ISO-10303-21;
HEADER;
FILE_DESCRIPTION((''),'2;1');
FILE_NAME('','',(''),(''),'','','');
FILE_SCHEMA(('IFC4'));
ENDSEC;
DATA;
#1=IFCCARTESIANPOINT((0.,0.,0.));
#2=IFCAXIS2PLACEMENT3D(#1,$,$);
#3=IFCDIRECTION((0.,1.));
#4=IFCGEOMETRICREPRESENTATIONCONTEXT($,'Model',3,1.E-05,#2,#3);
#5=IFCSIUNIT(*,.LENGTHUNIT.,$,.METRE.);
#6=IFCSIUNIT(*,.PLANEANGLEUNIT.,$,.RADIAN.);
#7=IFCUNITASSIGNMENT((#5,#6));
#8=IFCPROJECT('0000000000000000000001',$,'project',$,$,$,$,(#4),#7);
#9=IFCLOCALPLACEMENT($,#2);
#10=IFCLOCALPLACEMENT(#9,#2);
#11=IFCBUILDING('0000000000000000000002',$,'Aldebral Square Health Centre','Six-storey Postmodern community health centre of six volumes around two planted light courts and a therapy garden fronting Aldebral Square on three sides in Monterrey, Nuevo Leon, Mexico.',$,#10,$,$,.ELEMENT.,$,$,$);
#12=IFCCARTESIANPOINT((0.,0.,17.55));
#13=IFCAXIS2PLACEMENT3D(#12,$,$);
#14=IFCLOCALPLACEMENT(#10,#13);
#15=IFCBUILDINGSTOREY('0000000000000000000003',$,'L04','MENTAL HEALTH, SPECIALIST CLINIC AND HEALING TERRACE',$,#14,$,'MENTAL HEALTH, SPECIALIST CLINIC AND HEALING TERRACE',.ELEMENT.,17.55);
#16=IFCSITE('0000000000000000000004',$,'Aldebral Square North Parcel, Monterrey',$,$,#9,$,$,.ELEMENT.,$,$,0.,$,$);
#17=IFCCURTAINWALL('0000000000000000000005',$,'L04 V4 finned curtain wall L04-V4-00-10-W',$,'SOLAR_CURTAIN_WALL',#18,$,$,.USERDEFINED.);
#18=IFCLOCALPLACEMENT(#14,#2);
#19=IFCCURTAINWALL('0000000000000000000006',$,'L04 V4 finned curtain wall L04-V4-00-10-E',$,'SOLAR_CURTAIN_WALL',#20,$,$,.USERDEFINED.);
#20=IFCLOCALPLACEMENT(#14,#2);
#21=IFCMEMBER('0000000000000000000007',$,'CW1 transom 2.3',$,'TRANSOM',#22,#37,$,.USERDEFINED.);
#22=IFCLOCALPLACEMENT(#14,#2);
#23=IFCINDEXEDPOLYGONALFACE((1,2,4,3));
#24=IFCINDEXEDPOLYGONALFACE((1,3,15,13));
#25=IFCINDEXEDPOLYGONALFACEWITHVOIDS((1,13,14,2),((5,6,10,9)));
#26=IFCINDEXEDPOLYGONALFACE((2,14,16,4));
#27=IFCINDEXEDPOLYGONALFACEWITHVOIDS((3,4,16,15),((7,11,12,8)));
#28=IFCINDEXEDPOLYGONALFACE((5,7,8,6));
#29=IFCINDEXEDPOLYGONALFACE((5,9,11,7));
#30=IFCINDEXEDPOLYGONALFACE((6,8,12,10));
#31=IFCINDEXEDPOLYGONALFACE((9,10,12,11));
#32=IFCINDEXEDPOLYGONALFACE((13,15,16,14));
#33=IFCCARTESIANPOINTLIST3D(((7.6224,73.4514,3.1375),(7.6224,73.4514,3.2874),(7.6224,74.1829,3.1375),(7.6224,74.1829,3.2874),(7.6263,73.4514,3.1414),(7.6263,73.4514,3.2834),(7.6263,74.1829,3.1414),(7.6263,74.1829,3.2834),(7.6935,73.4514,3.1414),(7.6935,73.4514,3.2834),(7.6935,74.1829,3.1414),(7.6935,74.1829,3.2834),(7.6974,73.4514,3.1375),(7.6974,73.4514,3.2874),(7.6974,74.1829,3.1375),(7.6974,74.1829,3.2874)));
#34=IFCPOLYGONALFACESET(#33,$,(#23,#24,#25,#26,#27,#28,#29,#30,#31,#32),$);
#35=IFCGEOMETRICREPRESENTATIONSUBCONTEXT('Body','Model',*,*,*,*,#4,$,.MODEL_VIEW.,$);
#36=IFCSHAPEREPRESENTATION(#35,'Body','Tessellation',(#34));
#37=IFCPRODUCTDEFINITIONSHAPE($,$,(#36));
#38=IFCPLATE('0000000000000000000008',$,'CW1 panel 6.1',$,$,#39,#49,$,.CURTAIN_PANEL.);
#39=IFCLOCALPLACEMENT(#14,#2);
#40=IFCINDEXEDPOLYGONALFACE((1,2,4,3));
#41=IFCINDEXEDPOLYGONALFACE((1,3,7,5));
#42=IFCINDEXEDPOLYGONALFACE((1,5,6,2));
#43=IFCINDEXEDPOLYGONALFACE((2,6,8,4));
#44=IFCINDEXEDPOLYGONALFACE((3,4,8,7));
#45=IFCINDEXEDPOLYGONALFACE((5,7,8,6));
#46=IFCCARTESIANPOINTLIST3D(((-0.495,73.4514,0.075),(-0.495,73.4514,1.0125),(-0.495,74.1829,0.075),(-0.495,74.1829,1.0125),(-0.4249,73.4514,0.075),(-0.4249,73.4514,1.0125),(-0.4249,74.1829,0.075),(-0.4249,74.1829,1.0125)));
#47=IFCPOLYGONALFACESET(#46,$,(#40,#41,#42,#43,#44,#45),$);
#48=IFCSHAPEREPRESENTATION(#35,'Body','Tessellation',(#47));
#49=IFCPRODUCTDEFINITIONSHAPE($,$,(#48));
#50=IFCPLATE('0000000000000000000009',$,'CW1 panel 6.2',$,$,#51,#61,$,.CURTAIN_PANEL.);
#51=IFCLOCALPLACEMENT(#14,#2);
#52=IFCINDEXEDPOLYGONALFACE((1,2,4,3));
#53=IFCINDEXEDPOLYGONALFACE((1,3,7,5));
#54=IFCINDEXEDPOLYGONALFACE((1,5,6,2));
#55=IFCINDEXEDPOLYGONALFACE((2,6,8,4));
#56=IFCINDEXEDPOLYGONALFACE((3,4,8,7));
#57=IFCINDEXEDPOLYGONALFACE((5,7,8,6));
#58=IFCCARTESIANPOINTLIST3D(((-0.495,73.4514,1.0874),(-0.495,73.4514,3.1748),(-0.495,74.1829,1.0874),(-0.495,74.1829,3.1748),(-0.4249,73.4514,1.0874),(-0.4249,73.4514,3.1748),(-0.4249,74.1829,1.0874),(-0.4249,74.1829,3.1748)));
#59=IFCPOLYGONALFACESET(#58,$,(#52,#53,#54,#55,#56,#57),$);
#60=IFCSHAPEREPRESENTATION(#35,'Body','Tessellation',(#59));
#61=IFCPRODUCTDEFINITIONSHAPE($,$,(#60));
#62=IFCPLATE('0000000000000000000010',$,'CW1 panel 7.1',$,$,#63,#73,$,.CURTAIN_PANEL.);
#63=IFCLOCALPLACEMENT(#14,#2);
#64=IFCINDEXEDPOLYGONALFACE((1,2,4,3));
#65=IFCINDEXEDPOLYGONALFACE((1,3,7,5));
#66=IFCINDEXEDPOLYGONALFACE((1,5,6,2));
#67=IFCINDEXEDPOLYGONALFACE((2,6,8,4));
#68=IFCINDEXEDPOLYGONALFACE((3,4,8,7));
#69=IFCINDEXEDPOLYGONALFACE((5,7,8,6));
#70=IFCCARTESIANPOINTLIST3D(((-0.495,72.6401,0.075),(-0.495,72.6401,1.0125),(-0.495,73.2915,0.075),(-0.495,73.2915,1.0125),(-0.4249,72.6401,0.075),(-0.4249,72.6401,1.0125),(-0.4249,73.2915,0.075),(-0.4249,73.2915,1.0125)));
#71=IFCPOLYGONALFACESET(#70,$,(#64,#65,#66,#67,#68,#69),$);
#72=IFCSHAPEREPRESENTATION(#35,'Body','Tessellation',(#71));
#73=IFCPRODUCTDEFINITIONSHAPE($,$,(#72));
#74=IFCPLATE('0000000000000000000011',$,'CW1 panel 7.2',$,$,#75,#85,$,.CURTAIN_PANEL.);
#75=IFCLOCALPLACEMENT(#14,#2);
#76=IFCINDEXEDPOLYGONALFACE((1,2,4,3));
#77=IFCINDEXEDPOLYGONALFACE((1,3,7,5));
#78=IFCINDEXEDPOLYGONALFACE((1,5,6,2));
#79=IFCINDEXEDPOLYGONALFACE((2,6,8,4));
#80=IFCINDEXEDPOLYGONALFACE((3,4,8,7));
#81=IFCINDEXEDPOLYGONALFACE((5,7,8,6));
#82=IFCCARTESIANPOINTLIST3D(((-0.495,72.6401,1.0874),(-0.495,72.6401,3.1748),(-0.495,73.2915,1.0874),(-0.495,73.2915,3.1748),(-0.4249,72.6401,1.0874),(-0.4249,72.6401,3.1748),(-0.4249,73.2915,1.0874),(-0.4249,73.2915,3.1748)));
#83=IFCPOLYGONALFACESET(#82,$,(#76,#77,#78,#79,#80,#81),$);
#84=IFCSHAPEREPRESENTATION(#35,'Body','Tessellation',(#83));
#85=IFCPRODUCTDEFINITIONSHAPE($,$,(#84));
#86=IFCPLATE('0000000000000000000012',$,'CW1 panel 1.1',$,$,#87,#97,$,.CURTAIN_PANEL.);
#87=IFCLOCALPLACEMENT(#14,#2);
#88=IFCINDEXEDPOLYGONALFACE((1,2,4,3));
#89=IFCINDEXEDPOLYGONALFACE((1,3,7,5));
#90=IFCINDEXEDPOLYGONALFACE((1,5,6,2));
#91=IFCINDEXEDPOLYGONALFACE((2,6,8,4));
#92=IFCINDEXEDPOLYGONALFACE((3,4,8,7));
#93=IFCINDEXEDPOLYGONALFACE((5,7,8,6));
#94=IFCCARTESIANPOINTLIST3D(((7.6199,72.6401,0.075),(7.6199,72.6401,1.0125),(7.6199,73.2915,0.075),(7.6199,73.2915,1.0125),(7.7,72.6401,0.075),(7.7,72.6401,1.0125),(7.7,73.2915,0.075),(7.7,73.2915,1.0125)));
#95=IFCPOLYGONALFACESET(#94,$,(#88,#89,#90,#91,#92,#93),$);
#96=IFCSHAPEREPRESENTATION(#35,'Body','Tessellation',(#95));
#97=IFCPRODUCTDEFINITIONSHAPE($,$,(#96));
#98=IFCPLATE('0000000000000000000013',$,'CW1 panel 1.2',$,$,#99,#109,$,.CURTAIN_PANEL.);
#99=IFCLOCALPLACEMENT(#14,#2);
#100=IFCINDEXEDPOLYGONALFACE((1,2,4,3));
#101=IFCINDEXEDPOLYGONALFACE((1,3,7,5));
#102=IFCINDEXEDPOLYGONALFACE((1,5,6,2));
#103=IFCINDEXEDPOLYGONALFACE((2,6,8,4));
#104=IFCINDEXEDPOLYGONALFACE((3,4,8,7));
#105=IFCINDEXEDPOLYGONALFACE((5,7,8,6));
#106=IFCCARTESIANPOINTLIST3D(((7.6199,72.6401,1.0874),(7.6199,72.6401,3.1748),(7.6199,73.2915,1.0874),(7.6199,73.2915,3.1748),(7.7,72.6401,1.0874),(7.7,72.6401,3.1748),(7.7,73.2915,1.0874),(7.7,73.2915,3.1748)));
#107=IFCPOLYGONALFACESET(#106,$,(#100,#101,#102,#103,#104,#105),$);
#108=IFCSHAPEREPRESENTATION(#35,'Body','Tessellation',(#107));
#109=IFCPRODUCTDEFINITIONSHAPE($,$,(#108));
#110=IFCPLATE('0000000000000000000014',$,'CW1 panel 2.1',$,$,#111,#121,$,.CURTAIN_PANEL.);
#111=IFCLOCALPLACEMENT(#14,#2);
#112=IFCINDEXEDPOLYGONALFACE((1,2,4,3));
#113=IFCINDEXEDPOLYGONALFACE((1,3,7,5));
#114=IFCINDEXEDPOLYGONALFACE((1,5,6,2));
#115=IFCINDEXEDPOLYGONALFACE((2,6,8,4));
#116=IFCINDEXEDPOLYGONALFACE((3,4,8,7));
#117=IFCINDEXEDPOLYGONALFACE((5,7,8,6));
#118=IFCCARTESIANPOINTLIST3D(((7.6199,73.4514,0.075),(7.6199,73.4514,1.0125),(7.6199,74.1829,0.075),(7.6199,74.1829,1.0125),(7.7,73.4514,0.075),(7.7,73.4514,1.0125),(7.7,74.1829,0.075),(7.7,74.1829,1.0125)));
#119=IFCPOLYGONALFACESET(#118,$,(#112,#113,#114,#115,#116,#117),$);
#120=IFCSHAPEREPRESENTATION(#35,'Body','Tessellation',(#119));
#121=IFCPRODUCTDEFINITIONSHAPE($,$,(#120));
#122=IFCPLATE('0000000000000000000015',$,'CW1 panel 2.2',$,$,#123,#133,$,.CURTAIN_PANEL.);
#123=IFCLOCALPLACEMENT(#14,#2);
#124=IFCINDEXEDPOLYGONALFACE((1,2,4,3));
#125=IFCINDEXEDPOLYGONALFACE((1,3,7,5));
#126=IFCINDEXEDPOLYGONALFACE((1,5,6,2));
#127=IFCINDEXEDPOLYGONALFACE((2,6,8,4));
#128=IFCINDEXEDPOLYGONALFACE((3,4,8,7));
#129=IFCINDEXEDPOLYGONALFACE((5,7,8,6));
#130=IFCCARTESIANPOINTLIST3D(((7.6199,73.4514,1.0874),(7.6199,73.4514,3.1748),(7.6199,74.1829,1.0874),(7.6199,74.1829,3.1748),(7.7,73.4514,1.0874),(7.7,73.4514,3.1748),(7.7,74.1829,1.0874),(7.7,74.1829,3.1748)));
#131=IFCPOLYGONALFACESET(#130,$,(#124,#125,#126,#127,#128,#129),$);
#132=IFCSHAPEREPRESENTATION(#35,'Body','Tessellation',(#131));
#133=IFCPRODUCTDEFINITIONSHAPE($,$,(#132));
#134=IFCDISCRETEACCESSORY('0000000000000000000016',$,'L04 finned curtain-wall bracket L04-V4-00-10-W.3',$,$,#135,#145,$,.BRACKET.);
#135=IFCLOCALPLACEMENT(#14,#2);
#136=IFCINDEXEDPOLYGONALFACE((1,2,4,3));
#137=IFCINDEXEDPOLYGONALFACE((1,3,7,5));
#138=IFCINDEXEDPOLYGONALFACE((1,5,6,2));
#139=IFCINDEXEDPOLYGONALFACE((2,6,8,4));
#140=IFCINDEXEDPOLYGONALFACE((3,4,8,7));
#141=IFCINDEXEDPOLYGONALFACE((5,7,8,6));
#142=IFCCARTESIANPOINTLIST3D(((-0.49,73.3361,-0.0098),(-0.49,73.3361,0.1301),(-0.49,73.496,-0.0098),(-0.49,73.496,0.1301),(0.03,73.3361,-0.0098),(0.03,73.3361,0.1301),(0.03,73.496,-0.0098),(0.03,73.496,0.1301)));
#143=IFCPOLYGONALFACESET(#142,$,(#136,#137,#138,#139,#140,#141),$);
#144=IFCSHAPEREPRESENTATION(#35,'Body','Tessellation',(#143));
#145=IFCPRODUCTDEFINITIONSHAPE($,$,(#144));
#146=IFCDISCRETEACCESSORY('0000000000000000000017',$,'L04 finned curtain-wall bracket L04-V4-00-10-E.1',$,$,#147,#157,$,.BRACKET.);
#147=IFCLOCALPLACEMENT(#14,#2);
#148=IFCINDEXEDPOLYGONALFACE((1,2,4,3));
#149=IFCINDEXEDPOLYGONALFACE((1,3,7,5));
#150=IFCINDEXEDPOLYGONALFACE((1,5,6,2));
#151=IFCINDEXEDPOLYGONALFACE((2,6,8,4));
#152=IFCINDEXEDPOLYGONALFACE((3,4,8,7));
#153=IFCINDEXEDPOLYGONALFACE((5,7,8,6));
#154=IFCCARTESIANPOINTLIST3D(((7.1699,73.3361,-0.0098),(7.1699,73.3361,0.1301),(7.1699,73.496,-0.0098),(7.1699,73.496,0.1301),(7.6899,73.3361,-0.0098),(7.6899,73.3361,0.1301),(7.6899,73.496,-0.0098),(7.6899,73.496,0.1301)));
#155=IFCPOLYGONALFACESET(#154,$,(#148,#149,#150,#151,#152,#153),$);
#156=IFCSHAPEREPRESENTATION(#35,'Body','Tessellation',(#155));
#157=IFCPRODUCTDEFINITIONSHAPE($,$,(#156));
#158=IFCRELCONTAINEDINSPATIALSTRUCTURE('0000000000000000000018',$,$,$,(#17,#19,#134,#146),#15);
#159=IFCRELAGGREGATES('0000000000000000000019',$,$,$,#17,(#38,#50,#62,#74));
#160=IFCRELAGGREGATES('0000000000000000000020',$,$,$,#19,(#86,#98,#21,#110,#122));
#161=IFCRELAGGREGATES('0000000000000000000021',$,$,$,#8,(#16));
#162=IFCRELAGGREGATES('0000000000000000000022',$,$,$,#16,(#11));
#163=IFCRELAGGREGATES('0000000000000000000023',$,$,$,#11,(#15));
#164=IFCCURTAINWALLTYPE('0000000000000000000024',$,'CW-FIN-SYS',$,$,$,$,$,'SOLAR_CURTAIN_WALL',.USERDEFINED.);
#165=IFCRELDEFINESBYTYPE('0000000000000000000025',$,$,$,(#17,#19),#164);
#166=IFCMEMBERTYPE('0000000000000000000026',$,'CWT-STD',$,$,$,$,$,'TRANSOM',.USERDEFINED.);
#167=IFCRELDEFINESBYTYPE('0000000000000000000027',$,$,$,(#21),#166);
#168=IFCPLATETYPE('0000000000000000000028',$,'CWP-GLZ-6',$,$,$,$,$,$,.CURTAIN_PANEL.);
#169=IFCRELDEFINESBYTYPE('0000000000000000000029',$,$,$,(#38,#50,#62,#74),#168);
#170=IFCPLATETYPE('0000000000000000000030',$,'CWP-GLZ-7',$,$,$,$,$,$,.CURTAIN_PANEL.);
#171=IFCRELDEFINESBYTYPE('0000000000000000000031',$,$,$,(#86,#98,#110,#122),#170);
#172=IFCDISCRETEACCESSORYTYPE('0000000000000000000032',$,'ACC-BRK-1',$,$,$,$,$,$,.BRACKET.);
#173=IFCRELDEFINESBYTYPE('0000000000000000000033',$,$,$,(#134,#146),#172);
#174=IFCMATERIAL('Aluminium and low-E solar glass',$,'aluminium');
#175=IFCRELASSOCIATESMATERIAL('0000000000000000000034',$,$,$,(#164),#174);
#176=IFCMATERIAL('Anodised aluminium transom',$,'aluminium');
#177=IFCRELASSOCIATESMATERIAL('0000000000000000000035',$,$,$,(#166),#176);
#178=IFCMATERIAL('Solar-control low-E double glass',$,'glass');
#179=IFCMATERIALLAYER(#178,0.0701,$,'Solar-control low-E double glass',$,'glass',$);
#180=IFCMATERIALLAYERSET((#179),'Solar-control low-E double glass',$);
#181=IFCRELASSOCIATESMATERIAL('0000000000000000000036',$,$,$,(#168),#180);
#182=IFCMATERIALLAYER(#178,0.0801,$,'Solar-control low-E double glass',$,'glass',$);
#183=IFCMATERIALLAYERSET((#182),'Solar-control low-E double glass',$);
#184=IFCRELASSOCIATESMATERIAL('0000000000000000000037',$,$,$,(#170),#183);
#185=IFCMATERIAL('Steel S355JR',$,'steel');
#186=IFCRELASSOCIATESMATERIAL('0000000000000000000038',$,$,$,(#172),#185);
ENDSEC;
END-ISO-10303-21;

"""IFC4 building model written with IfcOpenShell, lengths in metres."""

from ifc_helpers import new_model, si_unit, direction, frame, origin, origin_2d, place, context, subcontext, project, spatial, rectangle, hollow_rectangle, extrude, material, layer, layer_set, material_profile, profile_set, type_object, element, aggregate, save


model = new_model("IFC4")

# Units and contexts
model_context = context("Model", 3, precision=1e-05, world=origin(), true_north=direction((0.0, 1.0)))
body_context = subcontext(model_context, "Body", "Model", "MODEL_VIEW")
ifc_project = project(units=[si_unit("LENGTHUNIT", "METRE"), si_unit("PLANEANGLEUNIT", "RADIAN")], contexts=[model_context])

# Site, building, storey
site_placement = place(None, origin())
site = spatial("IfcSite", under=ifc_project, at=site_placement, Name="Aldebral Square North Parcel, Monterrey", CompositionType="ELEMENT", RefElevation=0.0)
building_placement = place(site_placement, origin())
building = spatial("IfcBuilding", under=site, at=building_placement, Name="Aldebral Square Health Centre", Description="Six-storey Postmodern community health centre of six volumes around two planted light courts and a therapy garden fronting Aldebral Square on three sides in Monterrey, Nuevo Leon, Mexico.", CompositionType="ELEMENT")
storey_placement = place(building_placement, frame((0.0, 0.0, 17.55)))
storey = spatial("IfcBuildingStorey", under=building, at=storey_placement, Name="L04", Description="MENTAL HEALTH, SPECIALIST CLINIC AND HEALING TERRACE", LongName="MENTAL HEALTH, SPECIALIST CLINIC AND HEALING TERRACE", CompositionType="ELEMENT", Elevation=17.55)

# Curtain walls
ifc_material_1 = material(Name="Aluminium and low-E solar glass", Category="aluminium")
curtain_wall_type = type_object("IfcCurtainWallType", Name="CW-FIN-SYS", ElementType="SOLAR_CURTAIN_WALL", PredefinedType="USERDEFINED", material=ifc_material_1)
curtain_wall_1_placement = place(storey_placement, origin())
curtain_wall_1 = element("IfcCurtainWall", 1, at=curtain_wall_1_placement, inside=storey, type_object=curtain_wall_type, Name="L04 V4 finned curtain wall L04-V4-00-10-W", ObjectType="SOLAR_CURTAIN_WALL", PredefinedType="USERDEFINED")
curtain_wall_2_placement = place(storey_placement, origin())
curtain_wall_2 = element("IfcCurtainWall", 2, at=curtain_wall_2_placement, inside=storey, type_object=curtain_wall_type, Name="L04 V4 finned curtain wall L04-V4-00-10-E", ObjectType="SOLAR_CURTAIN_WALL", PredefinedType="USERDEFINED")

# Member
ifc_material_2 = material(Name="Anodised aluminium transom", Category="aluminium")
ifc_material_profile_1 = material_profile(ifc_material_2, hollow_rectangle(XDim=0.075, YDim=0.1499, WallThickness=0.0039, at=origin_2d()), Name="CWT 75x150x4")
ifc_profile_set_1 = profile_set([ifc_material_profile_1], Name="Anodised aluminium transom")
member_type_1 = type_object("IfcMemberType", Name="CWT-STD", ElementType="TRANSOM", PredefinedType="USERDEFINED", material=ifc_profile_set_1)
member_1_placement = place(storey_placement, frame((7.6599, 73.4514, 3.2124), z_axis=(0.0, 1.0, 0.0), x_axis=(-1.0, 0.0, 0.0)))
member_1 = element("IfcMember", 3, at=member_1_placement, type_object=member_type_1, Name="CW1 transom 2.3", ObjectType="TRANSOM", PredefinedType="USERDEFINED", context=body_context, shape_type="SweptSolid", body=[
    extrude(hollow_rectangle(XDim=0.075, YDim=0.1499, WallThickness=0.0039, at=origin_2d()), origin(), (0.0, 0.0, 1.0), 0.7314),
])

# Plates
ifc_material_3 = material(Name="Solar-control low-E double glass", Category="glass")
ifc_layer_1 = layer(ifc_material_3, 0.0701, Name="Solar-control low-E double glass", Category="glass")
ifc_layer_set_1 = layer_set([ifc_layer_1], Name="Solar-control low-E double glass")
plate_type_1 = type_object("IfcPlateType", Name="CWP-GLZ-6", PredefinedType="CURTAIN_PANEL", material=ifc_layer_set_1)
plate_1_placement = place(storey_placement, frame((-0.46, 73.8171, 0.075), z_axis=(0.0, 0.0, 1.0), x_axis=(0.0, -1.0, 0.0)))
plate_1 = element("IfcPlate", 4, at=plate_1_placement, type_object=plate_type_1, Name="CW1 panel 6.1", PredefinedType="CURTAIN_PANEL", context=body_context, shape_type="SweptSolid", body=[
    extrude(rectangle(XDim=0.7314, YDim=0.0701, at=origin_2d()), origin(), (0.0, 0.0, 1.0), 0.9375),
])
plate_2_placement = place(storey_placement, frame((-0.46, 73.8171, 1.0874), z_axis=(0.0, 0.0, 1.0), x_axis=(0.0, -1.0, 0.0)))
plate_2 = element("IfcPlate", 5, at=plate_2_placement, type_object=plate_type_1, Name="CW1 panel 6.2", PredefinedType="CURTAIN_PANEL", context=body_context, shape_type="SweptSolid", body=[
    extrude(rectangle(XDim=0.7314, YDim=0.0701, at=origin_2d()), origin(), (0.0, 0.0, 1.0), 2.0874),
])
plate_3_placement = place(storey_placement, frame((-0.46, 72.9658, 0.075), z_axis=(0.0, 0.0, 1.0), x_axis=(0.0, -1.0, 0.0)))
plate_3 = element("IfcPlate", 6, at=plate_3_placement, type_object=plate_type_1, Name="CW1 panel 7.1", PredefinedType="CURTAIN_PANEL", context=body_context, shape_type="SweptSolid", body=[
    extrude(rectangle(XDim=0.6514, YDim=0.0701, at=origin_2d()), origin(), (0.0, 0.0, 1.0), 0.9375),
])
plate_4_placement = place(storey_placement, frame((-0.46, 72.9658, 1.0874), z_axis=(0.0, 0.0, 1.0), x_axis=(0.0, -1.0, 0.0)))
plate_4 = element("IfcPlate", 7, at=plate_4_placement, type_object=plate_type_1, Name="CW1 panel 7.2", PredefinedType="CURTAIN_PANEL", context=body_context, shape_type="SweptSolid", body=[
    extrude(rectangle(XDim=0.6514, YDim=0.0701, at=origin_2d()), origin(), (0.0, 0.0, 1.0), 2.0874),
])
aggregate(curtain_wall_1, [plate_1, plate_2, plate_3, plate_4])
ifc_layer_2 = layer(ifc_material_3, 0.0801, Name="Solar-control low-E double glass", Category="glass")
ifc_layer_set_2 = layer_set([ifc_layer_2], Name="Solar-control low-E double glass")
plate_type_2 = type_object("IfcPlateType", Name="CWP-GLZ-7", PredefinedType="CURTAIN_PANEL", material=ifc_layer_set_2)
plate_5_placement = place(storey_placement, frame((7.6599, 72.9658, 0.075), z_axis=(0.0, 0.0, 1.0), x_axis=(0.0, 1.0, 0.0)))
plate_5 = element("IfcPlate", 8, at=plate_5_placement, type_object=plate_type_2, Name="CW1 panel 1.1", PredefinedType="CURTAIN_PANEL", context=body_context, shape_type="SweptSolid", body=[
    extrude(rectangle(XDim=0.6514, YDim=0.0801, at=origin_2d()), origin(), (0.0, 0.0, 1.0), 0.9375),
])
plate_6_placement = place(storey_placement, frame((7.6599, 72.9658, 1.0874), z_axis=(0.0, 0.0, 1.0), x_axis=(0.0, 1.0, 0.0)))
plate_6 = element("IfcPlate", 9, at=plate_6_placement, type_object=plate_type_2, Name="CW1 panel 1.2", PredefinedType="CURTAIN_PANEL", context=body_context, shape_type="SweptSolid", body=[
    extrude(rectangle(XDim=0.6514, YDim=0.0801, at=origin_2d()), origin(), (0.0, 0.0, 1.0), 2.0874),
])
plate_7_placement = place(storey_placement, frame((7.6599, 73.8171, 0.075), z_axis=(0.0, 0.0, 1.0), x_axis=(0.0, 1.0, 0.0)))
plate_7 = element("IfcPlate", 10, at=plate_7_placement, type_object=plate_type_2, Name="CW1 panel 2.1", PredefinedType="CURTAIN_PANEL", context=body_context, shape_type="SweptSolid", body=[
    extrude(rectangle(XDim=0.7314, YDim=0.0801, at=origin_2d()), origin(), (0.0, 0.0, 1.0), 0.9375),
])
plate_8_placement = place(storey_placement, frame((7.6599, 73.8171, 1.0874), z_axis=(0.0, 0.0, 1.0), x_axis=(0.0, 1.0, 0.0)))
plate_8 = element("IfcPlate", 11, at=plate_8_placement, type_object=plate_type_2, Name="CW1 panel 2.2", PredefinedType="CURTAIN_PANEL", context=body_context, shape_type="SweptSolid", body=[
    extrude(rectangle(XDim=0.7314, YDim=0.0801, at=origin_2d()), origin(), (0.0, 0.0, 1.0), 2.0874),
])
aggregate(curtain_wall_2, [plate_5, plate_6, member_1, plate_7, plate_8])

# Discrete accessories
ifc_material_4 = material(Name="Steel S355JR", Category="steel")
discrete_accessory_type = type_object("IfcDiscreteAccessoryType", Name="ACC-BRK-1", PredefinedType="BRACKET", material=ifc_material_4)
for number, where, z_axis, x_axis, name in (
    (12, (-0.23, 73.416, -0.0098), (0.0, 0.0, 1.0), (0.0, 1.0, 0.0), "L04 finned curtain-wall bracket L04-V4-00-10-W.3"),
    (13, (7.4299, 73.416, -0.0098), (0.0, 0.0, 1.0), (0.0, 1.0, 0.0), "L04 finned curtain-wall bracket L04-V4-00-10-E.1"),
):
    element("IfcDiscreteAccessory", number, at=place(storey_placement, frame(where, z_axis=z_axis, x_axis=x_axis)), inside=storey, type_object=discrete_accessory_type, Name=name, PredefinedType="BRACKET", context=body_context, shape_type="SweptSolid", body=[
        extrude(rectangle(XDim=0.1599, YDim=0.52, at=origin_2d()), origin(), (0.0, 0.0, 1.0), 0.1399),
    ])

save(model, "model.ifc")
